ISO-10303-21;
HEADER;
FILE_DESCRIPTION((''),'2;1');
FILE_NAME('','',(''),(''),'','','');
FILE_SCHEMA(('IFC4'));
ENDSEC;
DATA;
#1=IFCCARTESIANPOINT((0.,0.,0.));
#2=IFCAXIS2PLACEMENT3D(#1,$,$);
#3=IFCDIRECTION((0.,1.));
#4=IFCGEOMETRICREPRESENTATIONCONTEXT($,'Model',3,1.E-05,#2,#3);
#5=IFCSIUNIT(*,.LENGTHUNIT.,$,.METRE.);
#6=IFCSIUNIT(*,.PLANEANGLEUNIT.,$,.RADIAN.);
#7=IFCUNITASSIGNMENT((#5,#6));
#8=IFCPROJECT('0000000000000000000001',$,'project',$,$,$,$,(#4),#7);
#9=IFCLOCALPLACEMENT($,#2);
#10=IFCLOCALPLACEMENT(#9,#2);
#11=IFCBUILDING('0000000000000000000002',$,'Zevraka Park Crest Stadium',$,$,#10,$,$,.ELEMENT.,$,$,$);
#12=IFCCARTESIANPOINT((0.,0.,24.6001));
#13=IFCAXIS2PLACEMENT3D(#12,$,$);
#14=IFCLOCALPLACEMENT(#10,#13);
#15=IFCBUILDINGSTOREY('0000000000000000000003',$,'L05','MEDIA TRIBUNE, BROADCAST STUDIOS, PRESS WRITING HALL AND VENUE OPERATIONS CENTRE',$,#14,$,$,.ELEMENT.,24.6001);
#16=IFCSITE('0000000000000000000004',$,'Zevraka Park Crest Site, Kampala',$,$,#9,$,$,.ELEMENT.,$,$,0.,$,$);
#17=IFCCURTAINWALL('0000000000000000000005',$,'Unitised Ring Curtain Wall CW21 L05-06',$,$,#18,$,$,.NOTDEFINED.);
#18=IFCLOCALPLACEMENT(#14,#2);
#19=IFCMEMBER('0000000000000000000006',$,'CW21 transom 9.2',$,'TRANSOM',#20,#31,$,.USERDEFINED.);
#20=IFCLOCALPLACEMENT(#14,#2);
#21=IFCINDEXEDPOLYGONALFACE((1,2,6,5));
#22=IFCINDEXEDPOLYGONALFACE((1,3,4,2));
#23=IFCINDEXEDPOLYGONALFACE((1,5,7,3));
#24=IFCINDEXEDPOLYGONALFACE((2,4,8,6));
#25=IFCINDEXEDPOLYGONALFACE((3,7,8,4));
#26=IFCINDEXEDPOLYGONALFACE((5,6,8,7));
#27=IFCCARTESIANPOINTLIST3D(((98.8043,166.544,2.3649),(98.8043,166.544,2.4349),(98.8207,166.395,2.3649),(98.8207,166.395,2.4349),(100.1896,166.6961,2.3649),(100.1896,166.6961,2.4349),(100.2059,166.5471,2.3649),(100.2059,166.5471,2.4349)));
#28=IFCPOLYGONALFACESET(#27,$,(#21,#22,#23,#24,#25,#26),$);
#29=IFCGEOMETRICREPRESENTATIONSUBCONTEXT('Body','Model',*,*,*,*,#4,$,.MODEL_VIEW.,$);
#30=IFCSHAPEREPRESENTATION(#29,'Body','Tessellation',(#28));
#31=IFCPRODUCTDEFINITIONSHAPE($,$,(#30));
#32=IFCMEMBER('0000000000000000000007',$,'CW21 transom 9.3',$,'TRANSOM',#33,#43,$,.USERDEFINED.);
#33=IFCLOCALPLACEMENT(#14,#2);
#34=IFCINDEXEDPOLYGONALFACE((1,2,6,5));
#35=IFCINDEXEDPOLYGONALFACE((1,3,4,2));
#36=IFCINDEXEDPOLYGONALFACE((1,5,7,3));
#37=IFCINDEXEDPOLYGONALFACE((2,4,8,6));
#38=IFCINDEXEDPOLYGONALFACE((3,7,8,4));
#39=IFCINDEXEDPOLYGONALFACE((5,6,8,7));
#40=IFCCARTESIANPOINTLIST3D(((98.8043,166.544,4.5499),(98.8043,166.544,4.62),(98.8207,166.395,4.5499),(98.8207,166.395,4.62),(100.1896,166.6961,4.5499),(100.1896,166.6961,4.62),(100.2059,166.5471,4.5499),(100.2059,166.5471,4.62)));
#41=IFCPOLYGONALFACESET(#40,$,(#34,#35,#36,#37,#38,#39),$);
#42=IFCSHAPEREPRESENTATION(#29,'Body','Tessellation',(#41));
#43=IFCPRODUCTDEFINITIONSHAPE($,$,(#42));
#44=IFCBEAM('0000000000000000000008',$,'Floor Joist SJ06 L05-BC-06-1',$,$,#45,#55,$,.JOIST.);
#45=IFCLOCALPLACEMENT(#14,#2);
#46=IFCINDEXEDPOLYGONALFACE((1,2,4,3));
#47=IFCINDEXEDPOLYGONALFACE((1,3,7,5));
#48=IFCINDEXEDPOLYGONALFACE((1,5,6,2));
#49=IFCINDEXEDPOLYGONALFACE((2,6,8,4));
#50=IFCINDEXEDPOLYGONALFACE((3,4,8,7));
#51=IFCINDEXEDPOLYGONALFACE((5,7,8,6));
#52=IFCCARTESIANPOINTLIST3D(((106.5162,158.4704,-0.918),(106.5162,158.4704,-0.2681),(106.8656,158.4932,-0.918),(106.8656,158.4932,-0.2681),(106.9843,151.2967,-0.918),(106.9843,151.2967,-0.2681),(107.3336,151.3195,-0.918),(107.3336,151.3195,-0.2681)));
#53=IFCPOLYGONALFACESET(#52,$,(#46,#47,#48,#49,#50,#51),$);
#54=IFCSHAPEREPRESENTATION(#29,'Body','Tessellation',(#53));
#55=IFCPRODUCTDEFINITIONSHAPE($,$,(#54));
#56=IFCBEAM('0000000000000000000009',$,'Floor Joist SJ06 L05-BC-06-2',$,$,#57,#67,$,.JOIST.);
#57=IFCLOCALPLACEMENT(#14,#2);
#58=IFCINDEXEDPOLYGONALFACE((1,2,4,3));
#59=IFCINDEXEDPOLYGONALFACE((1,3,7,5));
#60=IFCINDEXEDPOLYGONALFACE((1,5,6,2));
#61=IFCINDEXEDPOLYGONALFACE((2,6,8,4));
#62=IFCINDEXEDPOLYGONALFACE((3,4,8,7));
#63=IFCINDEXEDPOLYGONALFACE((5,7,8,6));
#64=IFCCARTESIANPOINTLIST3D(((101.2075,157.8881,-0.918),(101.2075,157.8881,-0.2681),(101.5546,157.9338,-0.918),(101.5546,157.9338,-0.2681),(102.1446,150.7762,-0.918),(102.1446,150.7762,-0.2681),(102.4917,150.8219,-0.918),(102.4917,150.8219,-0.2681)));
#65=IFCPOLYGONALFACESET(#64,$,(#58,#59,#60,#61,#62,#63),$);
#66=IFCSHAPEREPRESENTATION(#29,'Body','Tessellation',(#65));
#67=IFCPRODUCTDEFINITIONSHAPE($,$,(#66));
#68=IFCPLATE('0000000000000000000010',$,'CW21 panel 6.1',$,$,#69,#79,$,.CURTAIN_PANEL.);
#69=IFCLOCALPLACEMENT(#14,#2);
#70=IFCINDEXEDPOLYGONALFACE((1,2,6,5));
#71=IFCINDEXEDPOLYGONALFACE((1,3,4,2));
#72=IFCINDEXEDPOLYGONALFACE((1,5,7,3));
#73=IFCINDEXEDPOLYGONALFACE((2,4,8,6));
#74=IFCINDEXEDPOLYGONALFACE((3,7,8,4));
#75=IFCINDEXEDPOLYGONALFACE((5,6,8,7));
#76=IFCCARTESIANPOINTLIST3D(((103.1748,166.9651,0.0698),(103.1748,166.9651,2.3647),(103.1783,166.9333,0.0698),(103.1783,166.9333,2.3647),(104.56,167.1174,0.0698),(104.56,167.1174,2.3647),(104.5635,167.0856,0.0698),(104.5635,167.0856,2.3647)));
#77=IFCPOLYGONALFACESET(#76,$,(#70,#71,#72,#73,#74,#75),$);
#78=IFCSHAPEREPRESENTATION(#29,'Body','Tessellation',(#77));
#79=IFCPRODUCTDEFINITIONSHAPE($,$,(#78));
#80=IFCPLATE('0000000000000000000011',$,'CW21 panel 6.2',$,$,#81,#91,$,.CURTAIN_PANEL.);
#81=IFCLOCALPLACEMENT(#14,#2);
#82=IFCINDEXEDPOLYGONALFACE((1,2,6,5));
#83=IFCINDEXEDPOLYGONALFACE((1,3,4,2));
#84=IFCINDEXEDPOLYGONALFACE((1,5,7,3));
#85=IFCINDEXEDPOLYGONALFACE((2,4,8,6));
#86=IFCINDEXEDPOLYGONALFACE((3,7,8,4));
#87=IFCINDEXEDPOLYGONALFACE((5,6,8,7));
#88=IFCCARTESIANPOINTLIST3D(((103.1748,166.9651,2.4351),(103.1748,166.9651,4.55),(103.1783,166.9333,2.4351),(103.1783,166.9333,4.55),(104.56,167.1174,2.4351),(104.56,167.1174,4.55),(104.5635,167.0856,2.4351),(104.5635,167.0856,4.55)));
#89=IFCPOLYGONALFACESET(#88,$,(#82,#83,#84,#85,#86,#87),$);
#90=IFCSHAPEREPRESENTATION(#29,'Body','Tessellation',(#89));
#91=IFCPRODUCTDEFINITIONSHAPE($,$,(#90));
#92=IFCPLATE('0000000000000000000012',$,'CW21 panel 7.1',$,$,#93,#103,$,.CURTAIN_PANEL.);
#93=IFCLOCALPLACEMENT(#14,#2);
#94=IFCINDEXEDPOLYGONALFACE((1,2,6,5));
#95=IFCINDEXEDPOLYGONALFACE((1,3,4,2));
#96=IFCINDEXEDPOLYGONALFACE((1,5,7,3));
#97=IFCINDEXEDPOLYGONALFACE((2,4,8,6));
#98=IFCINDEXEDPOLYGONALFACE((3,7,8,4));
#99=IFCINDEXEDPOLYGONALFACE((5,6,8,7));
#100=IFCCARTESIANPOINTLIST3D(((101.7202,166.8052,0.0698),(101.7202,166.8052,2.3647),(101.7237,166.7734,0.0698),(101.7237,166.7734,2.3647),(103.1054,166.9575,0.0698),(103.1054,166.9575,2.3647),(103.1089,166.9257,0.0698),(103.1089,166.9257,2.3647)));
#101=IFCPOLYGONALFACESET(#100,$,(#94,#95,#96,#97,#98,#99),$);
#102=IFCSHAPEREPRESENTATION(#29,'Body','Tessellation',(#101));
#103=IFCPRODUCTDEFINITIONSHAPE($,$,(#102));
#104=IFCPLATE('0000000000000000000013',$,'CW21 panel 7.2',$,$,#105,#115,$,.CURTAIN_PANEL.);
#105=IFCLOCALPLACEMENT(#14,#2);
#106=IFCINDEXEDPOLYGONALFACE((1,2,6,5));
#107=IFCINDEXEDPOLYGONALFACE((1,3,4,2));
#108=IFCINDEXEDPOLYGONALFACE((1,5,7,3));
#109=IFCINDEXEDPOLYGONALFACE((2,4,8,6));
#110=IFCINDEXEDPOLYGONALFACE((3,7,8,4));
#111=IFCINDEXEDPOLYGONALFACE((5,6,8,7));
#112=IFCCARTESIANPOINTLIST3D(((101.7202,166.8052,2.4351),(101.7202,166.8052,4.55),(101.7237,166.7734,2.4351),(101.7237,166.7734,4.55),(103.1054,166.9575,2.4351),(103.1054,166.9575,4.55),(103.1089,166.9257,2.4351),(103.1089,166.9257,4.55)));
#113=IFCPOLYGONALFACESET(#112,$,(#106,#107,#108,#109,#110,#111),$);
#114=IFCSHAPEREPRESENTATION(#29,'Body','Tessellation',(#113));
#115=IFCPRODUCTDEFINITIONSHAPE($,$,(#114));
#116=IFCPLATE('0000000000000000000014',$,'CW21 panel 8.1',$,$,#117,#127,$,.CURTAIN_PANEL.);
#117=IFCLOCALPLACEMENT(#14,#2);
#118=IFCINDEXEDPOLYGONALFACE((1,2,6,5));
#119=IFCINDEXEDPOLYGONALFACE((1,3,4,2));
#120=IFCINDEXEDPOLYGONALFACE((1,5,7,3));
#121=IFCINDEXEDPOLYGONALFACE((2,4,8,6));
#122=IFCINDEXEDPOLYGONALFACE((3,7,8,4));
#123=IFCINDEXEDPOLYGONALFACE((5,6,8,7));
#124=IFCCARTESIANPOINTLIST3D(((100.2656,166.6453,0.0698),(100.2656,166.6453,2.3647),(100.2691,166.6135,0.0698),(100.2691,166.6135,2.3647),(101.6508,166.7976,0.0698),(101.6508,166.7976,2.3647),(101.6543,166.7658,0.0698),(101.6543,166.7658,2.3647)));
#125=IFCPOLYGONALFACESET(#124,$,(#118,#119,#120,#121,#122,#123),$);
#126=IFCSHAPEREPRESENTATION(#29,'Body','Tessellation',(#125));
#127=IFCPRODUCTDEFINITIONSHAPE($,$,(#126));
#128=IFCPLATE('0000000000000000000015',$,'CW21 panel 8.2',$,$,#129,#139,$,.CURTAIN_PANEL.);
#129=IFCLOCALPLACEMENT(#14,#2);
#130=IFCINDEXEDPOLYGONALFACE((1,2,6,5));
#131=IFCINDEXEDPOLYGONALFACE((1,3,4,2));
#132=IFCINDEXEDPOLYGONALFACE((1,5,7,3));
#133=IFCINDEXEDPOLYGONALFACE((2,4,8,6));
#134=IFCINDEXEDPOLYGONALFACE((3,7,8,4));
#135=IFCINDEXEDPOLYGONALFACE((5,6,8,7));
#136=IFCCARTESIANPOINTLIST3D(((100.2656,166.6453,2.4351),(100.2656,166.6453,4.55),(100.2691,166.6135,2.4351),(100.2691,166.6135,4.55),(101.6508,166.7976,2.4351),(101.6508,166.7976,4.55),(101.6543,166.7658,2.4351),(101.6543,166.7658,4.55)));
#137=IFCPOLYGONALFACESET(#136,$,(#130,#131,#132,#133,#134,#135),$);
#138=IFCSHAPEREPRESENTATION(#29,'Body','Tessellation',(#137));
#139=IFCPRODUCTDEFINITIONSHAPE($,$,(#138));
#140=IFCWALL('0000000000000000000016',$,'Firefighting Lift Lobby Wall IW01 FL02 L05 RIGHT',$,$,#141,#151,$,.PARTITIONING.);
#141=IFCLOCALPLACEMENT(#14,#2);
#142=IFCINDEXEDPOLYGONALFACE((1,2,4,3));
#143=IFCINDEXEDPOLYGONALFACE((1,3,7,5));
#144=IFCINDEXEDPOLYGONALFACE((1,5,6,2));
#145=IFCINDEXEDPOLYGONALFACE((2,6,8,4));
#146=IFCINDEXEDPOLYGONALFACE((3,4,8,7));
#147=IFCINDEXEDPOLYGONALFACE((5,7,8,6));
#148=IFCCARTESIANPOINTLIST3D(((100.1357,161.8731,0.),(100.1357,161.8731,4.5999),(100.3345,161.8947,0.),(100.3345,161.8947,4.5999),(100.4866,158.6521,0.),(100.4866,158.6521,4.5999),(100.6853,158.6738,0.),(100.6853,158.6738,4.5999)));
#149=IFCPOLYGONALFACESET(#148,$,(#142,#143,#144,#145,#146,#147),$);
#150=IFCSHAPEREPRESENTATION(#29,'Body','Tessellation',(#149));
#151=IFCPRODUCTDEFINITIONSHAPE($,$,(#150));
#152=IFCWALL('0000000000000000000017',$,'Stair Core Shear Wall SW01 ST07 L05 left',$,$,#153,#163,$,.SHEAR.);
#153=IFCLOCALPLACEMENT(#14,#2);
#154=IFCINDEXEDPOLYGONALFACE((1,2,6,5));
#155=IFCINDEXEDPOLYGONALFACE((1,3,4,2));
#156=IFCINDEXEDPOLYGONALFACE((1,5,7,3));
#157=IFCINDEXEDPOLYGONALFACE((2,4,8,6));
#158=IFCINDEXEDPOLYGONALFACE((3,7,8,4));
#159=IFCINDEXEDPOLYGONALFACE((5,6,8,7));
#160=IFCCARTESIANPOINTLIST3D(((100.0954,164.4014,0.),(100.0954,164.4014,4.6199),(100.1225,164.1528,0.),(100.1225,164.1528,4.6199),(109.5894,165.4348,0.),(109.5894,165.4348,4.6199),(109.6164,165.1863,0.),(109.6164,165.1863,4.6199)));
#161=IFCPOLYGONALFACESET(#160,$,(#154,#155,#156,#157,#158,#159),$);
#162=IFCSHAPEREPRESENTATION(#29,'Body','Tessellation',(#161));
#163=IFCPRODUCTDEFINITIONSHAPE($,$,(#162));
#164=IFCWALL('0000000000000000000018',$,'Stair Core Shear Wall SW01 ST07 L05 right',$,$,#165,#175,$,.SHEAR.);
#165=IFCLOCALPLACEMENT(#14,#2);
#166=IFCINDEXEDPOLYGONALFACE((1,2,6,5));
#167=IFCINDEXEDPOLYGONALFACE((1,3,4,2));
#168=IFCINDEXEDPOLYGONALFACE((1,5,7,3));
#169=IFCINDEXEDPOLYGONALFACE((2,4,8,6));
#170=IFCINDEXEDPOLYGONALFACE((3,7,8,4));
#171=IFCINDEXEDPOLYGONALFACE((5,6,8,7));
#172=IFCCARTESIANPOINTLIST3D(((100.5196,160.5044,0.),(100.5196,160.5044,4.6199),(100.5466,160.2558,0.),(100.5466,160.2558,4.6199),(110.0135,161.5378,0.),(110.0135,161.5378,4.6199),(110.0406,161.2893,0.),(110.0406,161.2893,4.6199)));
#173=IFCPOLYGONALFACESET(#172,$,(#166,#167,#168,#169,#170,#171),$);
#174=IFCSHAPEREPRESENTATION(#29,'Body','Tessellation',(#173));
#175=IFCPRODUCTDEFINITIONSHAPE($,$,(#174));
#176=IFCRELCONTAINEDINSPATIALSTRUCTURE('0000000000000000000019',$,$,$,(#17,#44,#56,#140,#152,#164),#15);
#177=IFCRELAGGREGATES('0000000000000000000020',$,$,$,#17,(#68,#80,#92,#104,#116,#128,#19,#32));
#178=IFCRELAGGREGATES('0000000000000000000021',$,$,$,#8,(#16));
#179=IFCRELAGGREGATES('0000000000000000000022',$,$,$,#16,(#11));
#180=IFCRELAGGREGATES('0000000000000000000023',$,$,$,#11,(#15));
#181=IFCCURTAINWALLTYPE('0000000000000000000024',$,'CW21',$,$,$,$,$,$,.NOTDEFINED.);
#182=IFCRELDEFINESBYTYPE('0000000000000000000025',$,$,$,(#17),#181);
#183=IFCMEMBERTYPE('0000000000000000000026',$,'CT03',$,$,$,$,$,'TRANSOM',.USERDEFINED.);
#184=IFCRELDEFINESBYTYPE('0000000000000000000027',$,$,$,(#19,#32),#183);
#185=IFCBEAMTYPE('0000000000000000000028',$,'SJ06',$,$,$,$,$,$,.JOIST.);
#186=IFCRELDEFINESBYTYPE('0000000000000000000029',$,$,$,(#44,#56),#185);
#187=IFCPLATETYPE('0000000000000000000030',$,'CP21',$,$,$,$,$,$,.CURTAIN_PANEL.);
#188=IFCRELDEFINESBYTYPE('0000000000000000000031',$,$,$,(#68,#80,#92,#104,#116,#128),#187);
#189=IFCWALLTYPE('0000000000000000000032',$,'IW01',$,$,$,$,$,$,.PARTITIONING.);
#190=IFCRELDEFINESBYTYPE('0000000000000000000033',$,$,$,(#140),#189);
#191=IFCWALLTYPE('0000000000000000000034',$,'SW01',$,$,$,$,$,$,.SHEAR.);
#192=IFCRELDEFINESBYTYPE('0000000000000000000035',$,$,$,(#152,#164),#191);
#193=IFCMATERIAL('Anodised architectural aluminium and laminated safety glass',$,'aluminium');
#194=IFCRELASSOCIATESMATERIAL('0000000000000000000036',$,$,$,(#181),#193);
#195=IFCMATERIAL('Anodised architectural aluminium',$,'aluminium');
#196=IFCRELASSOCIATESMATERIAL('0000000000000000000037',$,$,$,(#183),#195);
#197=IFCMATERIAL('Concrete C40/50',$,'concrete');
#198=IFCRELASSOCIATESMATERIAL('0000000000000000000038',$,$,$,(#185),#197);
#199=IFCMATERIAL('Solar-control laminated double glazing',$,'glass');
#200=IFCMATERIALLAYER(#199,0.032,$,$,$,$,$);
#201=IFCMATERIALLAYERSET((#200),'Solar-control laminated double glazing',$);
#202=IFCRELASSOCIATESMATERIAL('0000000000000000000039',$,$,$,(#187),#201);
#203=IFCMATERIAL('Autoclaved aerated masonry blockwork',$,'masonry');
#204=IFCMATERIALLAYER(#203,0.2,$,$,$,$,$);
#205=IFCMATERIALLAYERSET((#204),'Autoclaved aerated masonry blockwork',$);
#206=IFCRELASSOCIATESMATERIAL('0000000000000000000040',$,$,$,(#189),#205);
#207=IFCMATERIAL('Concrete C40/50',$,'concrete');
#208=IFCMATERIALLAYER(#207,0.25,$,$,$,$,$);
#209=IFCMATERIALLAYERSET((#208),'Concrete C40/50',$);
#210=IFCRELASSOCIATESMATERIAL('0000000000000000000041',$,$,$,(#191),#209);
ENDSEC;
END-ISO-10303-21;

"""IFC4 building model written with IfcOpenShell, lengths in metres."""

from ifc_helpers import new_model, si_unit, direction, frame, frame_2d, origin, origin_2d, place, context, subcontext, project, spatial, rectangle, extrude, material, layer, layer_set, material_profile, profile_set, type_object, element, aggregate, save


model = new_model("IFC4")

# Units and contexts
model_context = context("Model", 3, precision=1e-05, world=origin(), true_north=direction((0.0, 1.0)))
body_context = subcontext(model_context, "Body", "Model", "MODEL_VIEW")
ifc_project = project(units=[si_unit("LENGTHUNIT", "METRE"), si_unit("PLANEANGLEUNIT", "RADIAN")], contexts=[model_context])

# Site, building, storey
site_placement = place(None, origin())
site = spatial("IfcSite", under=ifc_project, at=site_placement, Name="Zevraka Park Crest Site, Kampala", CompositionType="ELEMENT", RefElevation=0.0)
building_placement = place(site_placement, origin())
building = spatial("IfcBuilding", under=site, at=building_placement, Name="Zevraka Park Crest Stadium", CompositionType="ELEMENT")
storey_placement = place(building_placement, frame((0.0, 0.0, 24.6001)))
storey = spatial("IfcBuildingStorey", under=building, at=storey_placement, Name="L05", Description="MEDIA TRIBUNE, BROADCAST STUDIOS, PRESS WRITING HALL AND VENUE OPERATIONS CENTRE", CompositionType="ELEMENT", Elevation=24.6001)

# Curtain wall, members
ifc_material_1 = material(Name="Anodised architectural aluminium and laminated safety glass", Category="aluminium")
curtain_wall_type = type_object("IfcCurtainWallType", Name="CW21", PredefinedType="NOTDEFINED", material=ifc_material_1)
curtain_wall_placement = place(storey_placement, origin())
curtain_wall = element("IfcCurtainWall", 1, at=curtain_wall_placement, inside=storey, type_object=curtain_wall_type, Name="Unitised Ring Curtain Wall CW21 L05-06", PredefinedType="NOTDEFINED")
ifc_material_2 = material(Name="Anodised architectural aluminium", Category="aluminium")
ifc_material_profile_1 = material_profile(ifc_material_2, rectangle(XDim=0.1499, YDim=0.0701, at=origin_2d()), Name="ALU TRANSOM 150x70")
ifc_profile_set_1 = profile_set([ifc_material_profile_1], Name="Anodised architectural aluminium")
member_type_1 = type_object("IfcMemberType", Name="CT03", ElementType="TRANSOM", PredefinedType="USERDEFINED", material=ifc_profile_set_1)
member_1_placement = place(storey_placement, frame((100.1978, 166.6216, 2.3999), z_axis=(-0.994026, -0.109143, 0.0), x_axis=(0.109143, -0.994026, 0.0)))
member_1 = element("IfcMember", 2, at=member_1_placement, type_object=member_type_1, Name="CW21 transom 9.2", ObjectType="TRANSOM", PredefinedType="USERDEFINED", context=body_context, shape_type="SweptSolid", body=[
    extrude(rectangle(XDim=0.1499, YDim=0.0701, at=origin_2d()), origin(), (0.0, 0.0, 1.0), 1.3936),
])
member_2_placement = place(storey_placement, frame((100.1978, 166.6216, 4.585), z_axis=(-0.994026, -0.109143, 0.0), x_axis=(0.109143, -0.994026, 0.0)))
member_2 = element("IfcMember", 3, at=member_2_placement, type_object=member_type_1, Name="CW21 transom 9.3", ObjectType="TRANSOM", PredefinedType="USERDEFINED", context=body_context, shape_type="SweptSolid", body=[
    extrude(rectangle(XDim=0.1499, YDim=0.0701, at=origin_2d()), origin(), (0.0, 0.0, 1.0), 1.3936),
])

# Beams
ifc_material_3 = material(Name="Concrete C40/50", Category="concrete")
ifc_material_profile_2 = material_profile(ifc_material_3, rectangle(XDim=0.3501, YDim=0.6499, at=origin_2d()), Name="RC 650x350")
ifc_profile_set_2 = profile_set([ifc_material_profile_2], Name="Concrete C40/50")
beam_type = type_object("IfcBeamType", Name="SJ06", PredefinedType="JOIST", material=ifc_profile_set_2)
beam_1_placement = place(storey_placement, frame((107.1589, 151.3081, -0.593), z_axis=(-0.065101, 0.997879, 0.0), x_axis=(-0.997879, -0.065101, 0.0)))
element("IfcBeam", 4, at=beam_1_placement, inside=storey, type_object=beam_type, Name="Floor Joist SJ06 L05-BC-06-1", PredefinedType="JOIST", context=body_context, shape_type="SweptSolid", body=[
    extrude(rectangle(XDim=0.3501, YDim=0.6499, at=origin_2d()), origin(), (0.0, 0.0, 1.0), 7.189),
])
beam_2_placement = place(storey_placement, frame((102.3181, 150.7991, -0.593), z_axis=(-0.130625, 0.991432, 0.0), x_axis=(-0.991432, -0.130625, 0.0)))
element("IfcBeam", 5, at=beam_2_placement, inside=storey, type_object=beam_type, Name="Floor Joist SJ06 L05-BC-06-2", PredefinedType="JOIST", context=body_context, shape_type="SweptSolid", body=[
    extrude(rectangle(XDim=0.3501, YDim=0.6499, at=origin_2d()), origin(), (0.0, 0.0, 1.0), 7.1733),
])

# Plates
ifc_material_4 = material(Name="Solar-control laminated double glazing", Category="glass")
ifc_layer_1 = layer(ifc_material_4, 0.032)
ifc_layer_set_1 = layer_set([ifc_layer_1], Name="Solar-control laminated double glazing")
plate_type = type_object("IfcPlateType", Name="CP21", PredefinedType="CURTAIN_PANEL", material=ifc_layer_set_1)
plate_1_placement = place(storey_placement, frame((103.8691, 167.0254, 0.0698), z_axis=(0.0, 0.0, 1.0), x_axis=(-0.99401, -0.109288, 0.0)))
plate_1 = element("IfcPlate", 6, at=plate_1_placement, type_object=plate_type, Name="CW21 panel 6.1", PredefinedType="CURTAIN_PANEL", context=body_context, shape_type="SweptSolid", body=[
    extrude(rectangle(XDim=1.3936, YDim=0.032, at=origin_2d()), origin(), (0.0, 0.0, 1.0), 2.2949),
])
plate_2_placement = place(storey_placement, frame((103.8691, 167.0254, 2.4351), z_axis=(0.0, 0.0, 1.0), x_axis=(-0.99401, -0.109288, 0.0)))
plate_2 = element("IfcPlate", 7, at=plate_2_placement, type_object=plate_type, Name="CW21 panel 6.2", PredefinedType="CURTAIN_PANEL", context=body_context, shape_type="SweptSolid", body=[
    extrude(rectangle(XDim=1.3936, YDim=0.032, at=origin_2d()), origin(), (0.0, 0.0, 1.0), 2.115),
])
plate_3_placement = place(storey_placement, frame((102.4146, 166.8655, 0.0698), z_axis=(0.0, 0.0, 1.0), x_axis=(-0.99401, -0.109288, 0.0)))
plate_3 = element("IfcPlate", 8, at=plate_3_placement, type_object=plate_type, Name="CW21 panel 7.1", PredefinedType="CURTAIN_PANEL", context=body_context, shape_type="SweptSolid", body=[
    extrude(rectangle(XDim=1.3936, YDim=0.032, at=origin_2d()), origin(), (0.0, 0.0, 1.0), 2.2949),
])
plate_4_placement = place(storey_placement, frame((102.4146, 166.8655, 2.4351), z_axis=(0.0, 0.0, 1.0), x_axis=(-0.99401, -0.109288, 0.0)))
plate_4 = element("IfcPlate", 9, at=plate_4_placement, type_object=plate_type, Name="CW21 panel 7.2", PredefinedType="CURTAIN_PANEL", context=body_context, shape_type="SweptSolid", body=[
    extrude(rectangle(XDim=1.3936, YDim=0.032, at=origin_2d()), origin(), (0.0, 0.0, 1.0), 2.115),
])
plate_5_placement = place(storey_placement, frame((100.96, 166.7056, 0.0698), z_axis=(0.0, 0.0, 1.0), x_axis=(-0.99401, -0.109288, 0.0)))
plate_5 = element("IfcPlate", 10, at=plate_5_placement, type_object=plate_type, Name="CW21 panel 8.1", PredefinedType="CURTAIN_PANEL", context=body_context, shape_type="SweptSolid", body=[
    extrude(rectangle(XDim=1.3936, YDim=0.032, at=origin_2d()), origin(), (0.0, 0.0, 1.0), 2.2949),
])
plate_6_placement = place(storey_placement, frame((100.96, 166.7056, 2.4351), z_axis=(0.0, 0.0, 1.0), x_axis=(-0.99401, -0.109288, 0.0)))
plate_6 = element("IfcPlate", 11, at=plate_6_placement, type_object=plate_type, Name="CW21 panel 8.2", PredefinedType="CURTAIN_PANEL", context=body_context, shape_type="SweptSolid", body=[
    extrude(rectangle(XDim=1.3936, YDim=0.032, at=origin_2d()), origin(), (0.0, 0.0, 1.0), 2.115),
])
aggregate(curtain_wall, [plate_1, plate_2, plate_3, plate_4, plate_5, plate_6, member_1, member_2])

# Walls
ifc_material_5 = material(Name="Autoclaved aerated masonry blockwork", Category="masonry")
ifc_layer_2 = layer(ifc_material_5, 0.2)
ifc_layer_set_2 = layer_set([ifc_layer_2], Name="Autoclaved aerated masonry blockwork")
wall_type_1 = type_object("IfcWallType", Name="IW01", PredefinedType="PARTITIONING", material=ifc_layer_set_2)
wall_1_placement = place(storey_placement, frame((100.2351, 161.884, 0.0), z_axis=(0.0, 0.0, 1.0), x_axis=(0.108281, -0.99412, 0.0)))
element("IfcWall", 12, at=wall_1_placement, inside=storey, type_object=wall_type_1, Name="Firefighting Lift Lobby Wall IW01 FL02 L05 RIGHT", PredefinedType="PARTITIONING", context=body_context, shape_type="SweptSolid", body=[
    extrude(rectangle(XDim=3.24, YDim=0.2, at=frame_2d((1.6201, 0.0))), origin(), (0.0, 0.0, 1.0), 4.5999),
])
ifc_material_6 = material(Name="Concrete C40/50", Category="concrete")
ifc_layer_3 = layer(ifc_material_6, 0.25)
ifc_layer_set_3 = layer_set([ifc_layer_3], Name="Concrete C40/50")
wall_type_2 = type_object("IfcWallType", Name="SW01", PredefinedType="SHEAR", material=ifc_layer_set_3)
for number, where, z_axis, x_axis, name in (
    (13, (109.6028, 165.3105, 0.0), (0.0, 0.0, 1.0), (-0.994128, -0.108215, 0.0), "Stair Core Shear Wall SW01 ST07 L05 left"),
    (14, (100.5332, 160.3801, 0.0), (0.0, 0.0, 1.0), (0.994128, 0.108215, 0.0), "Stair Core Shear Wall SW01 ST07 L05 right"),
):
    element("IfcWall", number, at=place(storey_placement, frame(where, z_axis=z_axis, x_axis=x_axis)), inside=storey, type_object=wall_type_2, Name=name, PredefinedType="SHEAR", context=body_context, shape_type="SweptSolid", body=[
        extrude(rectangle(XDim=9.55, YDim=0.25, at=frame_2d((4.7749, 0.0))), origin(), (0.0, 0.0, 1.0), 4.6199),
    ])

save(model, "model.ifc")
